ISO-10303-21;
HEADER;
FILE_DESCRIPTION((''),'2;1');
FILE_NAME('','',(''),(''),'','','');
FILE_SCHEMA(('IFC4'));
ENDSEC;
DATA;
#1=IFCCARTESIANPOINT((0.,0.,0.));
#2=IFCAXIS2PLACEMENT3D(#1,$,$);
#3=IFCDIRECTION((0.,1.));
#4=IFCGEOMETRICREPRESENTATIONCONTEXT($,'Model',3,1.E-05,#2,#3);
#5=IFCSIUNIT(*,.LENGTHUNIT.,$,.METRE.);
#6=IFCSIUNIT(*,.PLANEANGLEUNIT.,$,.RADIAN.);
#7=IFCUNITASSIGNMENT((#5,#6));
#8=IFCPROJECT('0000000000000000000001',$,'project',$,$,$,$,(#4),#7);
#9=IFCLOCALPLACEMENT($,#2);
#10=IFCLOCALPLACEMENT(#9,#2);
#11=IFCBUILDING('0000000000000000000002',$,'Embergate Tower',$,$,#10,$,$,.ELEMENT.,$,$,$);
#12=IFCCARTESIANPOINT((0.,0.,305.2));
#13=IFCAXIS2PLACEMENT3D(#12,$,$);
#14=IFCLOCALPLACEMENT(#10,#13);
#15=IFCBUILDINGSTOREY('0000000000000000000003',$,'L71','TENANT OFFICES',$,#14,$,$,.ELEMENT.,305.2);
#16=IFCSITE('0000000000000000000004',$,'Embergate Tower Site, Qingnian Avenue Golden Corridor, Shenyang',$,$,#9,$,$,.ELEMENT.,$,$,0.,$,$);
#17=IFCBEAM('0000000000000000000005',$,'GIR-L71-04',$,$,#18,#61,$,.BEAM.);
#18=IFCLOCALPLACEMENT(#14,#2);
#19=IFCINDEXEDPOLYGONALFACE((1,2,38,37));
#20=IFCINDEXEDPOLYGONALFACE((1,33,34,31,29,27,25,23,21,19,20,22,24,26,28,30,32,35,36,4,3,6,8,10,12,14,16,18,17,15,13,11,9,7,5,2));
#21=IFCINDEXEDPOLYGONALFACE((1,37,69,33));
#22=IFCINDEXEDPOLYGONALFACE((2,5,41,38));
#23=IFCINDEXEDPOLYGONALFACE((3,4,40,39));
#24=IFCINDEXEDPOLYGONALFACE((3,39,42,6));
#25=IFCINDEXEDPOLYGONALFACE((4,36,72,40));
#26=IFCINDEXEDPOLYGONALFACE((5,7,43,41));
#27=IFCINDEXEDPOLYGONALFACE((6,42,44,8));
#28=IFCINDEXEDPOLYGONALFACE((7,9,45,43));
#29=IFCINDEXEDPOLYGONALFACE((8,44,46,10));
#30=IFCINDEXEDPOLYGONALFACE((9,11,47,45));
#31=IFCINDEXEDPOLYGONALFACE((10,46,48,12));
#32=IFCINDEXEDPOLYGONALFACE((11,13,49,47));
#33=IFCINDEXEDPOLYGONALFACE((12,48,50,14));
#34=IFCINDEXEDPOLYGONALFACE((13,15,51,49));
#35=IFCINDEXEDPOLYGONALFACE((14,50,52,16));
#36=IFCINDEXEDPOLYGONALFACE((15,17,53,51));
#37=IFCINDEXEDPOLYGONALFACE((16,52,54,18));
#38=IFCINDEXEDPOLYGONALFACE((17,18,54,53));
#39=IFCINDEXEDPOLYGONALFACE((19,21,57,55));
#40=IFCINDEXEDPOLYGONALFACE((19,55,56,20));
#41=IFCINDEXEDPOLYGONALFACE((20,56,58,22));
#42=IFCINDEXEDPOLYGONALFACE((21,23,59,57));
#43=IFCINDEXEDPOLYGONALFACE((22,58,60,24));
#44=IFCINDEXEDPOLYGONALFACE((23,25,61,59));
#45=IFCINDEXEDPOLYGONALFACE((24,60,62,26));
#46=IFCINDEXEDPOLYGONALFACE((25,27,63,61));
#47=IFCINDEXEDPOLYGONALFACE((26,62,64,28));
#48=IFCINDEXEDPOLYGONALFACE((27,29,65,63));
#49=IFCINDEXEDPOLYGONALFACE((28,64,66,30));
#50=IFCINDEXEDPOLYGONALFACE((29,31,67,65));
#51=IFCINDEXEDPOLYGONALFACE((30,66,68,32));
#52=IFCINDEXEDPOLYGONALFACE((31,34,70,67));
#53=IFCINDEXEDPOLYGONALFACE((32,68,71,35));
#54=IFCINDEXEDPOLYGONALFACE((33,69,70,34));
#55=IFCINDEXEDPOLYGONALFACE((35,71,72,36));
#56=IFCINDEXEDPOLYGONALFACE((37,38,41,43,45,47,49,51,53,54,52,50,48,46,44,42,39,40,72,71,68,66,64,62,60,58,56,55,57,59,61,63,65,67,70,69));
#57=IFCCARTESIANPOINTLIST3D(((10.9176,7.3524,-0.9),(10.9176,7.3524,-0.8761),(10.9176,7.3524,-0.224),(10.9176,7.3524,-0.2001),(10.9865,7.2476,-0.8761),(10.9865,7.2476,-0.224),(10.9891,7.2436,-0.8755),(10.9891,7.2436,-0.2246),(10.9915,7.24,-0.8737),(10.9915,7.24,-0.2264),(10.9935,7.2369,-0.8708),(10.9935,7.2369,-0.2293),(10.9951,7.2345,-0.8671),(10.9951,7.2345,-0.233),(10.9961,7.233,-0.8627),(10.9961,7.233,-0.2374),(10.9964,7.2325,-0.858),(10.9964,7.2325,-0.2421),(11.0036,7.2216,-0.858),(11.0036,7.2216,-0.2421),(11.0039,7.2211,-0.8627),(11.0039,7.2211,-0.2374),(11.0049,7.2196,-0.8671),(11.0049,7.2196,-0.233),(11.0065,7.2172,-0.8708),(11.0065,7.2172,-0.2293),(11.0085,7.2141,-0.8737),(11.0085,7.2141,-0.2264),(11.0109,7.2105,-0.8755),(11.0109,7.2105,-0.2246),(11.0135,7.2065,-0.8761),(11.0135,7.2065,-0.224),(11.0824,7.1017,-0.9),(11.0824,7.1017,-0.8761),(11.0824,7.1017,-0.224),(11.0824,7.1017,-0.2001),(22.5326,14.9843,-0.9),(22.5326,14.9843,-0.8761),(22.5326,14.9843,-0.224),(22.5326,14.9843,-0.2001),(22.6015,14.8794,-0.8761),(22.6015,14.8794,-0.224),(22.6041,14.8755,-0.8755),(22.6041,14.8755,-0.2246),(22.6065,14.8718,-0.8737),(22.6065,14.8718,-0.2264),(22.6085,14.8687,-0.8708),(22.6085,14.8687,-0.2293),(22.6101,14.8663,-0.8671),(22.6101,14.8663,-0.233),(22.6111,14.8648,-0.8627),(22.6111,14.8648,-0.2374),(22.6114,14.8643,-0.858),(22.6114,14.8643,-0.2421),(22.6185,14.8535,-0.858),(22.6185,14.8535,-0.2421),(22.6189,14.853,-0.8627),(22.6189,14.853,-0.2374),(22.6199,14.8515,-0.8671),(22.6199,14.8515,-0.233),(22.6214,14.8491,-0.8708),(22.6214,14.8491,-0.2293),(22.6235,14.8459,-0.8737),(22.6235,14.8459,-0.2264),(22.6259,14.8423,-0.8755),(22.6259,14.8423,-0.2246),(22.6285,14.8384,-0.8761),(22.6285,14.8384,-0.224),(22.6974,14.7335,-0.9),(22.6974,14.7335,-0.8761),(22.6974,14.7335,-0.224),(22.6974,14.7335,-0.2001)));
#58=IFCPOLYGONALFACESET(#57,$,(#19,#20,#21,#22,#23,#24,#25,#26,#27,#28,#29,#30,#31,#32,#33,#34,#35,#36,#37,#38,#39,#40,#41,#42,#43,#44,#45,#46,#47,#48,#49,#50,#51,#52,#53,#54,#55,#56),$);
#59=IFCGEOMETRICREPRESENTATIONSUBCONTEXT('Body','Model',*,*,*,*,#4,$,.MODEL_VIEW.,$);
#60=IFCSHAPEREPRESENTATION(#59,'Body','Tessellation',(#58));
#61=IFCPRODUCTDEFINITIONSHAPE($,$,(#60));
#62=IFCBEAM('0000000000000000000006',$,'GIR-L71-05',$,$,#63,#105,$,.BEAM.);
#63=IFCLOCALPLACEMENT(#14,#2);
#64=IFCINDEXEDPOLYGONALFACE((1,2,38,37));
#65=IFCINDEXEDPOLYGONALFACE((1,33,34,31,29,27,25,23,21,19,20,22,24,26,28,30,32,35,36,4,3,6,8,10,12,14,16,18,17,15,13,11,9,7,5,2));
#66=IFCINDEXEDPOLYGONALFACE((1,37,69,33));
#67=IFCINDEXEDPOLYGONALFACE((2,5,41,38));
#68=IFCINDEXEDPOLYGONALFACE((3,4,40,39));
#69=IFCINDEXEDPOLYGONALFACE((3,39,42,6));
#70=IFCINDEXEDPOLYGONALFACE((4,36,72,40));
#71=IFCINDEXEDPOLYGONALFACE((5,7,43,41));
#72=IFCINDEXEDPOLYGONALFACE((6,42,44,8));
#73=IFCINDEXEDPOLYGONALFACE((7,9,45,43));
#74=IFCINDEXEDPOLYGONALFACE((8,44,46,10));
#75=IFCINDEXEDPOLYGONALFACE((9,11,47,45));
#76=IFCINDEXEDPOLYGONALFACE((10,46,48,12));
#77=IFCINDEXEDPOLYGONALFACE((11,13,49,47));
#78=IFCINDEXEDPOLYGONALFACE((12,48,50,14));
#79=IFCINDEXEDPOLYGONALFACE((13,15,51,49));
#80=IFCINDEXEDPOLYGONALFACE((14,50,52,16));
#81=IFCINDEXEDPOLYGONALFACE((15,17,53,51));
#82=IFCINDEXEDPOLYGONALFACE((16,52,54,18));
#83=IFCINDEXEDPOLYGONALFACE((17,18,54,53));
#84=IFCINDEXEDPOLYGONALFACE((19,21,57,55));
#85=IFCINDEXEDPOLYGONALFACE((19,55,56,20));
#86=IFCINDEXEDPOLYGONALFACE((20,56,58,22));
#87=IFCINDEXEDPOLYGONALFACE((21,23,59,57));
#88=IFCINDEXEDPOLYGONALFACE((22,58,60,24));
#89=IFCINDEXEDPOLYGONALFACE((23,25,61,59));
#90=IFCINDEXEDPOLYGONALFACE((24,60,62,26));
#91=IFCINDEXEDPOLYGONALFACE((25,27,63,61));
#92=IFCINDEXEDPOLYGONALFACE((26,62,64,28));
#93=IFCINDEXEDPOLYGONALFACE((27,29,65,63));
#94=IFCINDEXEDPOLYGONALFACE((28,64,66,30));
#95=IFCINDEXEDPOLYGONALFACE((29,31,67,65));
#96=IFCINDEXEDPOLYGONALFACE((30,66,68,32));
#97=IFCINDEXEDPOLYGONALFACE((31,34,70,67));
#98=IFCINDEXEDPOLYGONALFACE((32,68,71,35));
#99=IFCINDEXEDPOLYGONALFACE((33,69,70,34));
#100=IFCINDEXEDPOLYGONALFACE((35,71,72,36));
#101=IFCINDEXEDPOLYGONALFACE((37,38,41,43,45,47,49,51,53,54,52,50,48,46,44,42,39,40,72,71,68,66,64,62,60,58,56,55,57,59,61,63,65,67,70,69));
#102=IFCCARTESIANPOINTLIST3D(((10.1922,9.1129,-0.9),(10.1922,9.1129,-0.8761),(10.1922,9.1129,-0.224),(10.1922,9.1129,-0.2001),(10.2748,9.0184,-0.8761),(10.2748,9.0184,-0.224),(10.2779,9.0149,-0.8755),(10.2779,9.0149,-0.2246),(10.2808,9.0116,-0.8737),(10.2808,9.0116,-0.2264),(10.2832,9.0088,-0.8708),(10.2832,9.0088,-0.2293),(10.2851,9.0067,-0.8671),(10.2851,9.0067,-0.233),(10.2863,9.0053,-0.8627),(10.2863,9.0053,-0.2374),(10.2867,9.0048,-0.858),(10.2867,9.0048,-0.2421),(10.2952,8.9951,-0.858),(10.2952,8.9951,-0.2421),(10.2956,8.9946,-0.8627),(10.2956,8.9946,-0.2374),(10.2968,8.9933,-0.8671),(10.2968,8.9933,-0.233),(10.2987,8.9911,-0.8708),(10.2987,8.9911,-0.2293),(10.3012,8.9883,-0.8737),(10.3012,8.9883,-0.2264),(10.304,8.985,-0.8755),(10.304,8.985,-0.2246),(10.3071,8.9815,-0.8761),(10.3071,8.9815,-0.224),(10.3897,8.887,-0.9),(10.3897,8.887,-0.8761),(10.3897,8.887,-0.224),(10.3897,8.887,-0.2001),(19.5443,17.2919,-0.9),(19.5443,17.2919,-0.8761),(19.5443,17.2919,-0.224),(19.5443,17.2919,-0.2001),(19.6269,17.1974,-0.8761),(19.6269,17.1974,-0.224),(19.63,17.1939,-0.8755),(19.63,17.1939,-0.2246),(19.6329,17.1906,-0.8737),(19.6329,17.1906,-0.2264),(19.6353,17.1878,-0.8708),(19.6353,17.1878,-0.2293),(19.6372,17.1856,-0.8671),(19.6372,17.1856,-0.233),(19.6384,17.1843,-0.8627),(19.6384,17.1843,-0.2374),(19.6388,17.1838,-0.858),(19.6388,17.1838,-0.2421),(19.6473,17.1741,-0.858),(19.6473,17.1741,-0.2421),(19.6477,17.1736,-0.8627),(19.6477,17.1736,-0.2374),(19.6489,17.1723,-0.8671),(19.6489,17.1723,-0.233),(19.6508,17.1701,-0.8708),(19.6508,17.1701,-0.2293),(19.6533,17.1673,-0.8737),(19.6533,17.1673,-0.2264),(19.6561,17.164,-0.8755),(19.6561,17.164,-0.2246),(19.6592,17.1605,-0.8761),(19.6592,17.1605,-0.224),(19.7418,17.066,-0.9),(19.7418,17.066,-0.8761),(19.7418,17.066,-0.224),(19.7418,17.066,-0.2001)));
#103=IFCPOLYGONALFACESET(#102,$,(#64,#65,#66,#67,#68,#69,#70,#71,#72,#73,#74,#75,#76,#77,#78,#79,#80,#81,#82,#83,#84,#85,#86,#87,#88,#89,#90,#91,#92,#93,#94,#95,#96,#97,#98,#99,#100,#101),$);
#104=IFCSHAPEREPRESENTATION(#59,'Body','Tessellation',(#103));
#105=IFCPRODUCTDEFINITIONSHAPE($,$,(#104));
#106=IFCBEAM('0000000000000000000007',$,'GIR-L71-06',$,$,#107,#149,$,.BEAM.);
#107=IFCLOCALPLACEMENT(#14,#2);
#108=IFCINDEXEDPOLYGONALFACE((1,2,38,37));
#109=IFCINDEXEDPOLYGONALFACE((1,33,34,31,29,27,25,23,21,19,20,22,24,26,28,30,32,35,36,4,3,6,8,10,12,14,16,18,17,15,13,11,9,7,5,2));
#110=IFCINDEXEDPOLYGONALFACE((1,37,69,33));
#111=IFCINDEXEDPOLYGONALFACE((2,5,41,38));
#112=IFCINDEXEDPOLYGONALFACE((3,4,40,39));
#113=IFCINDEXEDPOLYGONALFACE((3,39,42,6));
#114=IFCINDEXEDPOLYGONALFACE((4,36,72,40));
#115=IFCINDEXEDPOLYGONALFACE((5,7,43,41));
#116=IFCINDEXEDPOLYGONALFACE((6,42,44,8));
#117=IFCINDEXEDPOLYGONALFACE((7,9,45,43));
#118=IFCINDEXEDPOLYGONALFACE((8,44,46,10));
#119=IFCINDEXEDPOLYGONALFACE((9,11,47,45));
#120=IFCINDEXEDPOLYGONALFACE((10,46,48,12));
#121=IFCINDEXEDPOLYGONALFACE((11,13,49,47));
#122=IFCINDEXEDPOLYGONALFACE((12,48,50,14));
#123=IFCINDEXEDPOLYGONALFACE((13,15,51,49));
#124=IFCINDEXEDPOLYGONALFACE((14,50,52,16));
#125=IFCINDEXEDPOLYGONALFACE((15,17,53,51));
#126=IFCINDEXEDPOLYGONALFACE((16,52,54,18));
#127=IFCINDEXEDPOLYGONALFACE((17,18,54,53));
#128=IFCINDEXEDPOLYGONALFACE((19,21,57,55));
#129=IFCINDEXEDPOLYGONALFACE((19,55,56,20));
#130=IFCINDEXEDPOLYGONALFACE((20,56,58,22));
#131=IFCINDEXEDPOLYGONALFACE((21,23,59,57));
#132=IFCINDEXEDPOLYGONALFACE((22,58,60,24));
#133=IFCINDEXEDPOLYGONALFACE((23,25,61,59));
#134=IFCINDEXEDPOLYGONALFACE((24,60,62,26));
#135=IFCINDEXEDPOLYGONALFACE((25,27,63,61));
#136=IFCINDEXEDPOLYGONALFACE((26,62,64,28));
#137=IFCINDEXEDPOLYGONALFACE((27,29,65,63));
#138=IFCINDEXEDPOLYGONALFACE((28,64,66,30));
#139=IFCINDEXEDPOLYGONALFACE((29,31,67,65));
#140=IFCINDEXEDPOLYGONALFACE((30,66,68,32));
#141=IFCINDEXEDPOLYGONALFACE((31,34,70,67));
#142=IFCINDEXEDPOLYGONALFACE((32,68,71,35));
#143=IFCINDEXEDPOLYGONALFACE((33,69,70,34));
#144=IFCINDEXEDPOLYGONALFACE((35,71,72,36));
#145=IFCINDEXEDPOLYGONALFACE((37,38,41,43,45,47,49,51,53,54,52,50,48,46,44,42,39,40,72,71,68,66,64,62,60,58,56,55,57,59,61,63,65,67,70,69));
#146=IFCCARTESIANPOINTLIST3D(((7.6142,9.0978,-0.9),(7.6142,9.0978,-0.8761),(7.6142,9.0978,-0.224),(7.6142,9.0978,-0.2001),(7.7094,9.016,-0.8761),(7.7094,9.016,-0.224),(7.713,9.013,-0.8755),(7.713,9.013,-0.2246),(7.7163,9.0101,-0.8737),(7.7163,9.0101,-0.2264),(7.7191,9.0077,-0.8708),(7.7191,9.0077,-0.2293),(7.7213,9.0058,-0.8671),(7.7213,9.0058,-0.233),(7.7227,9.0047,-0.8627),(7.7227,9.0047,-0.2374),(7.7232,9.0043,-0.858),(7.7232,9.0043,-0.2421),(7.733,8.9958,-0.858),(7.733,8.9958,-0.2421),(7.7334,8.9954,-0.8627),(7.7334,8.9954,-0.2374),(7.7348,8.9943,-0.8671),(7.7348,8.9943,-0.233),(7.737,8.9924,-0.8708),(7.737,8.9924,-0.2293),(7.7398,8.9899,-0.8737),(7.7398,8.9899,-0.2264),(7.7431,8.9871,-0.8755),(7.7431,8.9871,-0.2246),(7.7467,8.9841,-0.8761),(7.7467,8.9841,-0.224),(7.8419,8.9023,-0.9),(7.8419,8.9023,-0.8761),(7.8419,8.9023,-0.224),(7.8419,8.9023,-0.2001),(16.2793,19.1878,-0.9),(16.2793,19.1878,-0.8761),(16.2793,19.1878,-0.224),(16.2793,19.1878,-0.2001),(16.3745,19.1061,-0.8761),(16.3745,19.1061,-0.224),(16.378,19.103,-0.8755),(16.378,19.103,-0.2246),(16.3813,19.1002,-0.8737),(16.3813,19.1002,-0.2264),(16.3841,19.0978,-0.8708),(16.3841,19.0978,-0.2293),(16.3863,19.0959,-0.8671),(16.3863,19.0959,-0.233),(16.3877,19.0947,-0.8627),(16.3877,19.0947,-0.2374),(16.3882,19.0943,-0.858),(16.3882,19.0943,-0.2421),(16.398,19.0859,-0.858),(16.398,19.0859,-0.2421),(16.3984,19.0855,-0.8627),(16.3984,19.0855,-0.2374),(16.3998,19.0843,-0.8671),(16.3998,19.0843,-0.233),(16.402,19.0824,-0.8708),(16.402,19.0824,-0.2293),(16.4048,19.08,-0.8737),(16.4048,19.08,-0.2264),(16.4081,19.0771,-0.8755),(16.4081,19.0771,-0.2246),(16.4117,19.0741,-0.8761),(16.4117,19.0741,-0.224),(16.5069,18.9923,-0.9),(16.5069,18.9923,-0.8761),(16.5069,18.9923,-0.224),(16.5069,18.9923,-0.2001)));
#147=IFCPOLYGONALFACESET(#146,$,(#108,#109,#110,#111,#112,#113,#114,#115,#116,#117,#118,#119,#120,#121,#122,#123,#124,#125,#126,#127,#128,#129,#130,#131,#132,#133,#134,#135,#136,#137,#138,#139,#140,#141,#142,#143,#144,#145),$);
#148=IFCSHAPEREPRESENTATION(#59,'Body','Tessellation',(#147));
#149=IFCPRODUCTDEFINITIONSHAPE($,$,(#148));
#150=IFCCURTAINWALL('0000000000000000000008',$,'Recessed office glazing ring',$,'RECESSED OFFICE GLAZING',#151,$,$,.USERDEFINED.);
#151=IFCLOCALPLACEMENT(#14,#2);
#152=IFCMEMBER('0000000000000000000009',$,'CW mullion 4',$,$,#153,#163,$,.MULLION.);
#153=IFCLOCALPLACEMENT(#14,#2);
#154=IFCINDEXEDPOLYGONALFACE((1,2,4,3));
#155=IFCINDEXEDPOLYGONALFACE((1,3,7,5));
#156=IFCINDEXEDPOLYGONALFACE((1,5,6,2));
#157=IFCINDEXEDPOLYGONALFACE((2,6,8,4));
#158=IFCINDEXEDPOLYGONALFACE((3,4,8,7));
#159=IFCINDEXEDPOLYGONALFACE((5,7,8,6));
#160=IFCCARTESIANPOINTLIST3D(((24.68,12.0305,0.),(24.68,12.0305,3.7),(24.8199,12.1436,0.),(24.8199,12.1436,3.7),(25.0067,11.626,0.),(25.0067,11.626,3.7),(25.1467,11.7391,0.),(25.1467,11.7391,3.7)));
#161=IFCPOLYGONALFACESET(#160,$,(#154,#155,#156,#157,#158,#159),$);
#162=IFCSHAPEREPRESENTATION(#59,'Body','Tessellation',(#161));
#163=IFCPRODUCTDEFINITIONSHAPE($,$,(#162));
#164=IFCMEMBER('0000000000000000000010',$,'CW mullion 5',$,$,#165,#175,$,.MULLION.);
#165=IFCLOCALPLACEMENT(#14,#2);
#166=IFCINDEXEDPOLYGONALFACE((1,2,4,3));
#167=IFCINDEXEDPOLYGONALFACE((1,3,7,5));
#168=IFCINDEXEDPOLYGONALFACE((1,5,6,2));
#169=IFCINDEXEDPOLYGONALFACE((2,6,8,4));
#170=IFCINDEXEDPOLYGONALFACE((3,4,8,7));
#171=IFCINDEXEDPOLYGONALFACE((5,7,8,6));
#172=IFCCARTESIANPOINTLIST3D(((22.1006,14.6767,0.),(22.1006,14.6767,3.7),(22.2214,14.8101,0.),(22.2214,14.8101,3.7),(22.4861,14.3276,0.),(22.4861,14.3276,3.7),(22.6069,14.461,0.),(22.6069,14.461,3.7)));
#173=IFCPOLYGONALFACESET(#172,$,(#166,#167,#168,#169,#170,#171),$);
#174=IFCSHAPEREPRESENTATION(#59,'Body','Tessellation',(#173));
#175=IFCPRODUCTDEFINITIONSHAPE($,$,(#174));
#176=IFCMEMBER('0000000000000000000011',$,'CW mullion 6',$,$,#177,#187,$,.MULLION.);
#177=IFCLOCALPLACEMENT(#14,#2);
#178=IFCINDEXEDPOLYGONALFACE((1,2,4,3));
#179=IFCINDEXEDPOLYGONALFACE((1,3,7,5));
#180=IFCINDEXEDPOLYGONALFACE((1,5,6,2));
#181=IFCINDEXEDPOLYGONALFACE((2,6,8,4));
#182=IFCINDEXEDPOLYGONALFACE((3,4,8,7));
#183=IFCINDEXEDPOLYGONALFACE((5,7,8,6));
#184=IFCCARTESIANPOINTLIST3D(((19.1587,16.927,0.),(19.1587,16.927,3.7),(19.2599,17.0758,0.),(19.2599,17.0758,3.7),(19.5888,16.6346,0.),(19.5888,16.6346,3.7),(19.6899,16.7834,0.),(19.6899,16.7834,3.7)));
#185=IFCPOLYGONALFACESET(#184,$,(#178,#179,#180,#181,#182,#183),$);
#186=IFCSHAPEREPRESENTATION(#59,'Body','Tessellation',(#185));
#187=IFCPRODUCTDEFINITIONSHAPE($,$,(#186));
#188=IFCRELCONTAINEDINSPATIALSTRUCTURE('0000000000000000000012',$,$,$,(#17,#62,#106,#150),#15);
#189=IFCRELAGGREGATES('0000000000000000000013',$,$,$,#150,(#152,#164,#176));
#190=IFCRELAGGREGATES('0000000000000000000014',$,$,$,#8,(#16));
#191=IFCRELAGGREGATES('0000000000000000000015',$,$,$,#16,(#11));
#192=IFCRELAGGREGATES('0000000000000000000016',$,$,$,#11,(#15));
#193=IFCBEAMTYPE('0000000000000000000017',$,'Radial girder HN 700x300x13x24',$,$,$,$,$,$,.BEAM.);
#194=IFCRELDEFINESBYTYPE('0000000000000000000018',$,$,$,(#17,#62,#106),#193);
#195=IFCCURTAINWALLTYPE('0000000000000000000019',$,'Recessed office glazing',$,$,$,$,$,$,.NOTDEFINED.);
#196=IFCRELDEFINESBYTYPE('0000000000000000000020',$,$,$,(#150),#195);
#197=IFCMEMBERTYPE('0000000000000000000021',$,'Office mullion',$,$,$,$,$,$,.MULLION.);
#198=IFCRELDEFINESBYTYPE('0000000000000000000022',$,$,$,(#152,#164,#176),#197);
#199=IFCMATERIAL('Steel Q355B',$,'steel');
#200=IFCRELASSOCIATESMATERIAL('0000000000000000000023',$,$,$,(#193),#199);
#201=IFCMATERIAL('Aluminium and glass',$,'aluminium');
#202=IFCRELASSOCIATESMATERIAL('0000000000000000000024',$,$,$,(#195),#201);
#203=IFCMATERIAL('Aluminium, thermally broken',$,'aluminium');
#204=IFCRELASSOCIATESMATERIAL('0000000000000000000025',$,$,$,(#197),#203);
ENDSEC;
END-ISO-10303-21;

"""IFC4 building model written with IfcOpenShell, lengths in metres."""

from ifc_helpers import new_model, si_unit, direction, frame, origin, origin_2d, place, context, subcontext, project, spatial, rectangle, i_section, extrude, source, transform, mapped, material, material_profile, profile_set, type_object, element, aggregate, save


model = new_model("IFC4")

# Units and contexts
model_context = context("Model", 3, precision=1e-05, world=origin(), true_north=direction((0.0, 1.0)))
body_context = subcontext(model_context, "Body", "Model", "MODEL_VIEW")
ifc_project = project(units=[si_unit("LENGTHUNIT", "METRE"), si_unit("PLANEANGLEUNIT", "RADIAN")], contexts=[model_context])

# Site, building, storey
site_placement = place(None, origin())
site = spatial("IfcSite", under=ifc_project, at=site_placement, Name="Embergate Tower Site, Qingnian Avenue Golden Corridor, Shenyang", CompositionType="ELEMENT", RefElevation=0.0)
building_placement = place(site_placement, origin())
building = spatial("IfcBuilding", under=site, at=building_placement, Name="Embergate Tower", CompositionType="ELEMENT")
storey_placement = place(building_placement, frame((0.0, 0.0, 305.2)))
storey = spatial("IfcBuildingStorey", under=building, at=storey_placement, Name="L71", Description="TENANT OFFICES", CompositionType="ELEMENT", Elevation=305.2)

# Beams
ifc_material_1 = material(Name="Steel Q355B", Category="steel")
ifc_material_profile_1 = material_profile(ifc_material_1, i_section(OverallWidth=0.3, OverallDepth=0.7, WebThickness=0.0129, FlangeThickness=0.0239, FilletRadius=0.0181, at=origin_2d()), Name="HN 700x300x13x24")
ifc_profile_set_1 = profile_set([ifc_material_profile_1], Name="Steel Q355 grade B")
beam_type_1 = type_object("IfcBeamType", Name="Radial girder HN 700x300x13x24", PredefinedType="BEAM", material=ifc_profile_set_1)
shared_shape_1 = source(origin(), body_context, "Body", "SweptSolid", [
    extrude(i_section(OverallWidth=0.3, OverallDepth=0.7, WebThickness=0.0129, FlangeThickness=0.0239, FilletRadius=0.0181, at=origin_2d()), origin(), (0.0, 0.0, 1.0), 13.8979),
])
beam_1_placement = place(storey_placement, frame((22.615, 14.8589, -0.55), z_axis=(-0.835734, -0.549134, 0.0), x_axis=(0.549134, -0.835734, 0.0)))
element("IfcBeam", 1, at=beam_1_placement, inside=storey, type_object=beam_type_1, Name="GIR-L71-04", PredefinedType="BEAM", context=body_context, shape_type="MappedRepresentation", body=[
    mapped(shared_shape_1, transform((0.0, 0.0, 0.0))),
])
shared_shape_2 = source(origin(), body_context, "Body", "SweptSolid", [
    extrude(i_section(OverallWidth=0.3, OverallDepth=0.7, WebThickness=0.0129, FlangeThickness=0.0239, FilletRadius=0.0181, at=origin_2d()), origin(), (0.0, 0.0, 1.0), 12.4241),
])
beam_2_placement = place(storey_placement, frame((19.6431, 17.179, -0.55), z_axis=(-0.75274, -0.658318, 0.0), x_axis=(0.658318, -0.75274, 0.0)))
element("IfcBeam", 2, at=beam_2_placement, inside=storey, type_object=beam_type_1, Name="GIR-L71-05", PredefinedType="BEAM", context=body_context, shape_type="MappedRepresentation", body=[
    mapped(shared_shape_2, transform((0.0, 0.0, 0.0))),
])
shared_shape_3 = source(origin(), body_context, "Body", "SweptSolid", [
    extrude(i_section(OverallWidth=0.3, OverallDepth=0.7, WebThickness=0.0129, FlangeThickness=0.0239, FilletRadius=0.0181, at=origin_2d()), origin(), (0.0, 0.0, 1.0), 13.3),
])
beam_3_placement = place(storey_placement, frame((16.3931, 19.0901, -0.55), z_axis=(-0.651502, -0.758647, 0.0), x_axis=(0.758647, -0.651502, 0.0)))
element("IfcBeam", 3, at=beam_3_placement, inside=storey, type_object=beam_type_1, Name="GIR-L71-06", PredefinedType="BEAM", context=body_context, shape_type="MappedRepresentation", body=[
    mapped(shared_shape_3, transform((0.0, 0.0, 0.0))),
])

# Curtain wall, members
ifc_material_2 = material(Name="Aluminium and glass", Category="aluminium")
curtain_wall_type = type_object("IfcCurtainWallType", Name="Recessed office glazing", PredefinedType="NOTDEFINED", material=ifc_material_2)
curtain_wall_placement = place(storey_placement, origin())
curtain_wall = element("IfcCurtainWall", 4, at=curtain_wall_placement, inside=storey, type_object=curtain_wall_type, Name="Recessed office glazing ring", ObjectType="RECESSED OFFICE GLAZING", PredefinedType="USERDEFINED")
ifc_material_3 = material(Name="Aluminium, thermally broken", Category="aluminium")
ifc_material_profile_2 = material_profile(ifc_material_3, rectangle(XDim=0.1799, YDim=0.52, at=origin_2d()), Name="AL 520x180")
ifc_profile_set_2 = profile_set([ifc_material_profile_2], Name="Aluminium, thermally broken")
member_type_1 = type_object("IfcMemberType", Name="Office mullion", PredefinedType="MULLION", material=ifc_profile_set_2)
shared_shape_4 = source(origin(), body_context, "Body", "SweptSolid", [
    extrude(rectangle(XDim=0.1799, YDim=0.52, at=origin_2d()), origin(), (0.0, 0.0, 1.0), 3.7),
])
member_1_placement = place(storey_placement, frame((24.9133, 11.8848, 0.0), z_axis=(0.0, 0.0, 1.0), x_axis=(-0.777864, -0.628433, 0.0)))
member_1 = element("IfcMember", 5, at=member_1_placement, type_object=member_type_1, Name="CW mullion 4", PredefinedType="MULLION", context=body_context, shape_type="MappedRepresentation", body=[
    mapped(shared_shape_4, transform((0.0, 0.0, 0.0))),
])
member_2_placement = place(storey_placement, frame((22.3538, 14.5688, 0.0), z_axis=(0.0, 0.0, 1.0), x_axis=(-0.67122, -0.741258, 0.0)))
member_2 = element("IfcMember", 6, at=member_2_placement, type_object=member_type_1, Name="CW mullion 5", PredefinedType="MULLION", context=body_context, shape_type="MappedRepresentation", body=[
    mapped(shared_shape_4, transform((0.0, 0.0, 0.0))),
])
member_3_placement = place(storey_placement, frame((19.4243, 16.8552, 0.0), z_axis=(0.0, 0.0, 1.0), x_axis=(-0.562213, -0.826992, 0.0)))
member_3 = element("IfcMember", 7, at=member_3_placement, type_object=member_type_1, Name="CW mullion 6", PredefinedType="MULLION", context=body_context, shape_type="MappedRepresentation", body=[
    mapped(shared_shape_4, transform((0.0, 0.0, 0.0))),
])
aggregate(curtain_wall, [member_1, member_2, member_3])

save(model, "model.ifc")
